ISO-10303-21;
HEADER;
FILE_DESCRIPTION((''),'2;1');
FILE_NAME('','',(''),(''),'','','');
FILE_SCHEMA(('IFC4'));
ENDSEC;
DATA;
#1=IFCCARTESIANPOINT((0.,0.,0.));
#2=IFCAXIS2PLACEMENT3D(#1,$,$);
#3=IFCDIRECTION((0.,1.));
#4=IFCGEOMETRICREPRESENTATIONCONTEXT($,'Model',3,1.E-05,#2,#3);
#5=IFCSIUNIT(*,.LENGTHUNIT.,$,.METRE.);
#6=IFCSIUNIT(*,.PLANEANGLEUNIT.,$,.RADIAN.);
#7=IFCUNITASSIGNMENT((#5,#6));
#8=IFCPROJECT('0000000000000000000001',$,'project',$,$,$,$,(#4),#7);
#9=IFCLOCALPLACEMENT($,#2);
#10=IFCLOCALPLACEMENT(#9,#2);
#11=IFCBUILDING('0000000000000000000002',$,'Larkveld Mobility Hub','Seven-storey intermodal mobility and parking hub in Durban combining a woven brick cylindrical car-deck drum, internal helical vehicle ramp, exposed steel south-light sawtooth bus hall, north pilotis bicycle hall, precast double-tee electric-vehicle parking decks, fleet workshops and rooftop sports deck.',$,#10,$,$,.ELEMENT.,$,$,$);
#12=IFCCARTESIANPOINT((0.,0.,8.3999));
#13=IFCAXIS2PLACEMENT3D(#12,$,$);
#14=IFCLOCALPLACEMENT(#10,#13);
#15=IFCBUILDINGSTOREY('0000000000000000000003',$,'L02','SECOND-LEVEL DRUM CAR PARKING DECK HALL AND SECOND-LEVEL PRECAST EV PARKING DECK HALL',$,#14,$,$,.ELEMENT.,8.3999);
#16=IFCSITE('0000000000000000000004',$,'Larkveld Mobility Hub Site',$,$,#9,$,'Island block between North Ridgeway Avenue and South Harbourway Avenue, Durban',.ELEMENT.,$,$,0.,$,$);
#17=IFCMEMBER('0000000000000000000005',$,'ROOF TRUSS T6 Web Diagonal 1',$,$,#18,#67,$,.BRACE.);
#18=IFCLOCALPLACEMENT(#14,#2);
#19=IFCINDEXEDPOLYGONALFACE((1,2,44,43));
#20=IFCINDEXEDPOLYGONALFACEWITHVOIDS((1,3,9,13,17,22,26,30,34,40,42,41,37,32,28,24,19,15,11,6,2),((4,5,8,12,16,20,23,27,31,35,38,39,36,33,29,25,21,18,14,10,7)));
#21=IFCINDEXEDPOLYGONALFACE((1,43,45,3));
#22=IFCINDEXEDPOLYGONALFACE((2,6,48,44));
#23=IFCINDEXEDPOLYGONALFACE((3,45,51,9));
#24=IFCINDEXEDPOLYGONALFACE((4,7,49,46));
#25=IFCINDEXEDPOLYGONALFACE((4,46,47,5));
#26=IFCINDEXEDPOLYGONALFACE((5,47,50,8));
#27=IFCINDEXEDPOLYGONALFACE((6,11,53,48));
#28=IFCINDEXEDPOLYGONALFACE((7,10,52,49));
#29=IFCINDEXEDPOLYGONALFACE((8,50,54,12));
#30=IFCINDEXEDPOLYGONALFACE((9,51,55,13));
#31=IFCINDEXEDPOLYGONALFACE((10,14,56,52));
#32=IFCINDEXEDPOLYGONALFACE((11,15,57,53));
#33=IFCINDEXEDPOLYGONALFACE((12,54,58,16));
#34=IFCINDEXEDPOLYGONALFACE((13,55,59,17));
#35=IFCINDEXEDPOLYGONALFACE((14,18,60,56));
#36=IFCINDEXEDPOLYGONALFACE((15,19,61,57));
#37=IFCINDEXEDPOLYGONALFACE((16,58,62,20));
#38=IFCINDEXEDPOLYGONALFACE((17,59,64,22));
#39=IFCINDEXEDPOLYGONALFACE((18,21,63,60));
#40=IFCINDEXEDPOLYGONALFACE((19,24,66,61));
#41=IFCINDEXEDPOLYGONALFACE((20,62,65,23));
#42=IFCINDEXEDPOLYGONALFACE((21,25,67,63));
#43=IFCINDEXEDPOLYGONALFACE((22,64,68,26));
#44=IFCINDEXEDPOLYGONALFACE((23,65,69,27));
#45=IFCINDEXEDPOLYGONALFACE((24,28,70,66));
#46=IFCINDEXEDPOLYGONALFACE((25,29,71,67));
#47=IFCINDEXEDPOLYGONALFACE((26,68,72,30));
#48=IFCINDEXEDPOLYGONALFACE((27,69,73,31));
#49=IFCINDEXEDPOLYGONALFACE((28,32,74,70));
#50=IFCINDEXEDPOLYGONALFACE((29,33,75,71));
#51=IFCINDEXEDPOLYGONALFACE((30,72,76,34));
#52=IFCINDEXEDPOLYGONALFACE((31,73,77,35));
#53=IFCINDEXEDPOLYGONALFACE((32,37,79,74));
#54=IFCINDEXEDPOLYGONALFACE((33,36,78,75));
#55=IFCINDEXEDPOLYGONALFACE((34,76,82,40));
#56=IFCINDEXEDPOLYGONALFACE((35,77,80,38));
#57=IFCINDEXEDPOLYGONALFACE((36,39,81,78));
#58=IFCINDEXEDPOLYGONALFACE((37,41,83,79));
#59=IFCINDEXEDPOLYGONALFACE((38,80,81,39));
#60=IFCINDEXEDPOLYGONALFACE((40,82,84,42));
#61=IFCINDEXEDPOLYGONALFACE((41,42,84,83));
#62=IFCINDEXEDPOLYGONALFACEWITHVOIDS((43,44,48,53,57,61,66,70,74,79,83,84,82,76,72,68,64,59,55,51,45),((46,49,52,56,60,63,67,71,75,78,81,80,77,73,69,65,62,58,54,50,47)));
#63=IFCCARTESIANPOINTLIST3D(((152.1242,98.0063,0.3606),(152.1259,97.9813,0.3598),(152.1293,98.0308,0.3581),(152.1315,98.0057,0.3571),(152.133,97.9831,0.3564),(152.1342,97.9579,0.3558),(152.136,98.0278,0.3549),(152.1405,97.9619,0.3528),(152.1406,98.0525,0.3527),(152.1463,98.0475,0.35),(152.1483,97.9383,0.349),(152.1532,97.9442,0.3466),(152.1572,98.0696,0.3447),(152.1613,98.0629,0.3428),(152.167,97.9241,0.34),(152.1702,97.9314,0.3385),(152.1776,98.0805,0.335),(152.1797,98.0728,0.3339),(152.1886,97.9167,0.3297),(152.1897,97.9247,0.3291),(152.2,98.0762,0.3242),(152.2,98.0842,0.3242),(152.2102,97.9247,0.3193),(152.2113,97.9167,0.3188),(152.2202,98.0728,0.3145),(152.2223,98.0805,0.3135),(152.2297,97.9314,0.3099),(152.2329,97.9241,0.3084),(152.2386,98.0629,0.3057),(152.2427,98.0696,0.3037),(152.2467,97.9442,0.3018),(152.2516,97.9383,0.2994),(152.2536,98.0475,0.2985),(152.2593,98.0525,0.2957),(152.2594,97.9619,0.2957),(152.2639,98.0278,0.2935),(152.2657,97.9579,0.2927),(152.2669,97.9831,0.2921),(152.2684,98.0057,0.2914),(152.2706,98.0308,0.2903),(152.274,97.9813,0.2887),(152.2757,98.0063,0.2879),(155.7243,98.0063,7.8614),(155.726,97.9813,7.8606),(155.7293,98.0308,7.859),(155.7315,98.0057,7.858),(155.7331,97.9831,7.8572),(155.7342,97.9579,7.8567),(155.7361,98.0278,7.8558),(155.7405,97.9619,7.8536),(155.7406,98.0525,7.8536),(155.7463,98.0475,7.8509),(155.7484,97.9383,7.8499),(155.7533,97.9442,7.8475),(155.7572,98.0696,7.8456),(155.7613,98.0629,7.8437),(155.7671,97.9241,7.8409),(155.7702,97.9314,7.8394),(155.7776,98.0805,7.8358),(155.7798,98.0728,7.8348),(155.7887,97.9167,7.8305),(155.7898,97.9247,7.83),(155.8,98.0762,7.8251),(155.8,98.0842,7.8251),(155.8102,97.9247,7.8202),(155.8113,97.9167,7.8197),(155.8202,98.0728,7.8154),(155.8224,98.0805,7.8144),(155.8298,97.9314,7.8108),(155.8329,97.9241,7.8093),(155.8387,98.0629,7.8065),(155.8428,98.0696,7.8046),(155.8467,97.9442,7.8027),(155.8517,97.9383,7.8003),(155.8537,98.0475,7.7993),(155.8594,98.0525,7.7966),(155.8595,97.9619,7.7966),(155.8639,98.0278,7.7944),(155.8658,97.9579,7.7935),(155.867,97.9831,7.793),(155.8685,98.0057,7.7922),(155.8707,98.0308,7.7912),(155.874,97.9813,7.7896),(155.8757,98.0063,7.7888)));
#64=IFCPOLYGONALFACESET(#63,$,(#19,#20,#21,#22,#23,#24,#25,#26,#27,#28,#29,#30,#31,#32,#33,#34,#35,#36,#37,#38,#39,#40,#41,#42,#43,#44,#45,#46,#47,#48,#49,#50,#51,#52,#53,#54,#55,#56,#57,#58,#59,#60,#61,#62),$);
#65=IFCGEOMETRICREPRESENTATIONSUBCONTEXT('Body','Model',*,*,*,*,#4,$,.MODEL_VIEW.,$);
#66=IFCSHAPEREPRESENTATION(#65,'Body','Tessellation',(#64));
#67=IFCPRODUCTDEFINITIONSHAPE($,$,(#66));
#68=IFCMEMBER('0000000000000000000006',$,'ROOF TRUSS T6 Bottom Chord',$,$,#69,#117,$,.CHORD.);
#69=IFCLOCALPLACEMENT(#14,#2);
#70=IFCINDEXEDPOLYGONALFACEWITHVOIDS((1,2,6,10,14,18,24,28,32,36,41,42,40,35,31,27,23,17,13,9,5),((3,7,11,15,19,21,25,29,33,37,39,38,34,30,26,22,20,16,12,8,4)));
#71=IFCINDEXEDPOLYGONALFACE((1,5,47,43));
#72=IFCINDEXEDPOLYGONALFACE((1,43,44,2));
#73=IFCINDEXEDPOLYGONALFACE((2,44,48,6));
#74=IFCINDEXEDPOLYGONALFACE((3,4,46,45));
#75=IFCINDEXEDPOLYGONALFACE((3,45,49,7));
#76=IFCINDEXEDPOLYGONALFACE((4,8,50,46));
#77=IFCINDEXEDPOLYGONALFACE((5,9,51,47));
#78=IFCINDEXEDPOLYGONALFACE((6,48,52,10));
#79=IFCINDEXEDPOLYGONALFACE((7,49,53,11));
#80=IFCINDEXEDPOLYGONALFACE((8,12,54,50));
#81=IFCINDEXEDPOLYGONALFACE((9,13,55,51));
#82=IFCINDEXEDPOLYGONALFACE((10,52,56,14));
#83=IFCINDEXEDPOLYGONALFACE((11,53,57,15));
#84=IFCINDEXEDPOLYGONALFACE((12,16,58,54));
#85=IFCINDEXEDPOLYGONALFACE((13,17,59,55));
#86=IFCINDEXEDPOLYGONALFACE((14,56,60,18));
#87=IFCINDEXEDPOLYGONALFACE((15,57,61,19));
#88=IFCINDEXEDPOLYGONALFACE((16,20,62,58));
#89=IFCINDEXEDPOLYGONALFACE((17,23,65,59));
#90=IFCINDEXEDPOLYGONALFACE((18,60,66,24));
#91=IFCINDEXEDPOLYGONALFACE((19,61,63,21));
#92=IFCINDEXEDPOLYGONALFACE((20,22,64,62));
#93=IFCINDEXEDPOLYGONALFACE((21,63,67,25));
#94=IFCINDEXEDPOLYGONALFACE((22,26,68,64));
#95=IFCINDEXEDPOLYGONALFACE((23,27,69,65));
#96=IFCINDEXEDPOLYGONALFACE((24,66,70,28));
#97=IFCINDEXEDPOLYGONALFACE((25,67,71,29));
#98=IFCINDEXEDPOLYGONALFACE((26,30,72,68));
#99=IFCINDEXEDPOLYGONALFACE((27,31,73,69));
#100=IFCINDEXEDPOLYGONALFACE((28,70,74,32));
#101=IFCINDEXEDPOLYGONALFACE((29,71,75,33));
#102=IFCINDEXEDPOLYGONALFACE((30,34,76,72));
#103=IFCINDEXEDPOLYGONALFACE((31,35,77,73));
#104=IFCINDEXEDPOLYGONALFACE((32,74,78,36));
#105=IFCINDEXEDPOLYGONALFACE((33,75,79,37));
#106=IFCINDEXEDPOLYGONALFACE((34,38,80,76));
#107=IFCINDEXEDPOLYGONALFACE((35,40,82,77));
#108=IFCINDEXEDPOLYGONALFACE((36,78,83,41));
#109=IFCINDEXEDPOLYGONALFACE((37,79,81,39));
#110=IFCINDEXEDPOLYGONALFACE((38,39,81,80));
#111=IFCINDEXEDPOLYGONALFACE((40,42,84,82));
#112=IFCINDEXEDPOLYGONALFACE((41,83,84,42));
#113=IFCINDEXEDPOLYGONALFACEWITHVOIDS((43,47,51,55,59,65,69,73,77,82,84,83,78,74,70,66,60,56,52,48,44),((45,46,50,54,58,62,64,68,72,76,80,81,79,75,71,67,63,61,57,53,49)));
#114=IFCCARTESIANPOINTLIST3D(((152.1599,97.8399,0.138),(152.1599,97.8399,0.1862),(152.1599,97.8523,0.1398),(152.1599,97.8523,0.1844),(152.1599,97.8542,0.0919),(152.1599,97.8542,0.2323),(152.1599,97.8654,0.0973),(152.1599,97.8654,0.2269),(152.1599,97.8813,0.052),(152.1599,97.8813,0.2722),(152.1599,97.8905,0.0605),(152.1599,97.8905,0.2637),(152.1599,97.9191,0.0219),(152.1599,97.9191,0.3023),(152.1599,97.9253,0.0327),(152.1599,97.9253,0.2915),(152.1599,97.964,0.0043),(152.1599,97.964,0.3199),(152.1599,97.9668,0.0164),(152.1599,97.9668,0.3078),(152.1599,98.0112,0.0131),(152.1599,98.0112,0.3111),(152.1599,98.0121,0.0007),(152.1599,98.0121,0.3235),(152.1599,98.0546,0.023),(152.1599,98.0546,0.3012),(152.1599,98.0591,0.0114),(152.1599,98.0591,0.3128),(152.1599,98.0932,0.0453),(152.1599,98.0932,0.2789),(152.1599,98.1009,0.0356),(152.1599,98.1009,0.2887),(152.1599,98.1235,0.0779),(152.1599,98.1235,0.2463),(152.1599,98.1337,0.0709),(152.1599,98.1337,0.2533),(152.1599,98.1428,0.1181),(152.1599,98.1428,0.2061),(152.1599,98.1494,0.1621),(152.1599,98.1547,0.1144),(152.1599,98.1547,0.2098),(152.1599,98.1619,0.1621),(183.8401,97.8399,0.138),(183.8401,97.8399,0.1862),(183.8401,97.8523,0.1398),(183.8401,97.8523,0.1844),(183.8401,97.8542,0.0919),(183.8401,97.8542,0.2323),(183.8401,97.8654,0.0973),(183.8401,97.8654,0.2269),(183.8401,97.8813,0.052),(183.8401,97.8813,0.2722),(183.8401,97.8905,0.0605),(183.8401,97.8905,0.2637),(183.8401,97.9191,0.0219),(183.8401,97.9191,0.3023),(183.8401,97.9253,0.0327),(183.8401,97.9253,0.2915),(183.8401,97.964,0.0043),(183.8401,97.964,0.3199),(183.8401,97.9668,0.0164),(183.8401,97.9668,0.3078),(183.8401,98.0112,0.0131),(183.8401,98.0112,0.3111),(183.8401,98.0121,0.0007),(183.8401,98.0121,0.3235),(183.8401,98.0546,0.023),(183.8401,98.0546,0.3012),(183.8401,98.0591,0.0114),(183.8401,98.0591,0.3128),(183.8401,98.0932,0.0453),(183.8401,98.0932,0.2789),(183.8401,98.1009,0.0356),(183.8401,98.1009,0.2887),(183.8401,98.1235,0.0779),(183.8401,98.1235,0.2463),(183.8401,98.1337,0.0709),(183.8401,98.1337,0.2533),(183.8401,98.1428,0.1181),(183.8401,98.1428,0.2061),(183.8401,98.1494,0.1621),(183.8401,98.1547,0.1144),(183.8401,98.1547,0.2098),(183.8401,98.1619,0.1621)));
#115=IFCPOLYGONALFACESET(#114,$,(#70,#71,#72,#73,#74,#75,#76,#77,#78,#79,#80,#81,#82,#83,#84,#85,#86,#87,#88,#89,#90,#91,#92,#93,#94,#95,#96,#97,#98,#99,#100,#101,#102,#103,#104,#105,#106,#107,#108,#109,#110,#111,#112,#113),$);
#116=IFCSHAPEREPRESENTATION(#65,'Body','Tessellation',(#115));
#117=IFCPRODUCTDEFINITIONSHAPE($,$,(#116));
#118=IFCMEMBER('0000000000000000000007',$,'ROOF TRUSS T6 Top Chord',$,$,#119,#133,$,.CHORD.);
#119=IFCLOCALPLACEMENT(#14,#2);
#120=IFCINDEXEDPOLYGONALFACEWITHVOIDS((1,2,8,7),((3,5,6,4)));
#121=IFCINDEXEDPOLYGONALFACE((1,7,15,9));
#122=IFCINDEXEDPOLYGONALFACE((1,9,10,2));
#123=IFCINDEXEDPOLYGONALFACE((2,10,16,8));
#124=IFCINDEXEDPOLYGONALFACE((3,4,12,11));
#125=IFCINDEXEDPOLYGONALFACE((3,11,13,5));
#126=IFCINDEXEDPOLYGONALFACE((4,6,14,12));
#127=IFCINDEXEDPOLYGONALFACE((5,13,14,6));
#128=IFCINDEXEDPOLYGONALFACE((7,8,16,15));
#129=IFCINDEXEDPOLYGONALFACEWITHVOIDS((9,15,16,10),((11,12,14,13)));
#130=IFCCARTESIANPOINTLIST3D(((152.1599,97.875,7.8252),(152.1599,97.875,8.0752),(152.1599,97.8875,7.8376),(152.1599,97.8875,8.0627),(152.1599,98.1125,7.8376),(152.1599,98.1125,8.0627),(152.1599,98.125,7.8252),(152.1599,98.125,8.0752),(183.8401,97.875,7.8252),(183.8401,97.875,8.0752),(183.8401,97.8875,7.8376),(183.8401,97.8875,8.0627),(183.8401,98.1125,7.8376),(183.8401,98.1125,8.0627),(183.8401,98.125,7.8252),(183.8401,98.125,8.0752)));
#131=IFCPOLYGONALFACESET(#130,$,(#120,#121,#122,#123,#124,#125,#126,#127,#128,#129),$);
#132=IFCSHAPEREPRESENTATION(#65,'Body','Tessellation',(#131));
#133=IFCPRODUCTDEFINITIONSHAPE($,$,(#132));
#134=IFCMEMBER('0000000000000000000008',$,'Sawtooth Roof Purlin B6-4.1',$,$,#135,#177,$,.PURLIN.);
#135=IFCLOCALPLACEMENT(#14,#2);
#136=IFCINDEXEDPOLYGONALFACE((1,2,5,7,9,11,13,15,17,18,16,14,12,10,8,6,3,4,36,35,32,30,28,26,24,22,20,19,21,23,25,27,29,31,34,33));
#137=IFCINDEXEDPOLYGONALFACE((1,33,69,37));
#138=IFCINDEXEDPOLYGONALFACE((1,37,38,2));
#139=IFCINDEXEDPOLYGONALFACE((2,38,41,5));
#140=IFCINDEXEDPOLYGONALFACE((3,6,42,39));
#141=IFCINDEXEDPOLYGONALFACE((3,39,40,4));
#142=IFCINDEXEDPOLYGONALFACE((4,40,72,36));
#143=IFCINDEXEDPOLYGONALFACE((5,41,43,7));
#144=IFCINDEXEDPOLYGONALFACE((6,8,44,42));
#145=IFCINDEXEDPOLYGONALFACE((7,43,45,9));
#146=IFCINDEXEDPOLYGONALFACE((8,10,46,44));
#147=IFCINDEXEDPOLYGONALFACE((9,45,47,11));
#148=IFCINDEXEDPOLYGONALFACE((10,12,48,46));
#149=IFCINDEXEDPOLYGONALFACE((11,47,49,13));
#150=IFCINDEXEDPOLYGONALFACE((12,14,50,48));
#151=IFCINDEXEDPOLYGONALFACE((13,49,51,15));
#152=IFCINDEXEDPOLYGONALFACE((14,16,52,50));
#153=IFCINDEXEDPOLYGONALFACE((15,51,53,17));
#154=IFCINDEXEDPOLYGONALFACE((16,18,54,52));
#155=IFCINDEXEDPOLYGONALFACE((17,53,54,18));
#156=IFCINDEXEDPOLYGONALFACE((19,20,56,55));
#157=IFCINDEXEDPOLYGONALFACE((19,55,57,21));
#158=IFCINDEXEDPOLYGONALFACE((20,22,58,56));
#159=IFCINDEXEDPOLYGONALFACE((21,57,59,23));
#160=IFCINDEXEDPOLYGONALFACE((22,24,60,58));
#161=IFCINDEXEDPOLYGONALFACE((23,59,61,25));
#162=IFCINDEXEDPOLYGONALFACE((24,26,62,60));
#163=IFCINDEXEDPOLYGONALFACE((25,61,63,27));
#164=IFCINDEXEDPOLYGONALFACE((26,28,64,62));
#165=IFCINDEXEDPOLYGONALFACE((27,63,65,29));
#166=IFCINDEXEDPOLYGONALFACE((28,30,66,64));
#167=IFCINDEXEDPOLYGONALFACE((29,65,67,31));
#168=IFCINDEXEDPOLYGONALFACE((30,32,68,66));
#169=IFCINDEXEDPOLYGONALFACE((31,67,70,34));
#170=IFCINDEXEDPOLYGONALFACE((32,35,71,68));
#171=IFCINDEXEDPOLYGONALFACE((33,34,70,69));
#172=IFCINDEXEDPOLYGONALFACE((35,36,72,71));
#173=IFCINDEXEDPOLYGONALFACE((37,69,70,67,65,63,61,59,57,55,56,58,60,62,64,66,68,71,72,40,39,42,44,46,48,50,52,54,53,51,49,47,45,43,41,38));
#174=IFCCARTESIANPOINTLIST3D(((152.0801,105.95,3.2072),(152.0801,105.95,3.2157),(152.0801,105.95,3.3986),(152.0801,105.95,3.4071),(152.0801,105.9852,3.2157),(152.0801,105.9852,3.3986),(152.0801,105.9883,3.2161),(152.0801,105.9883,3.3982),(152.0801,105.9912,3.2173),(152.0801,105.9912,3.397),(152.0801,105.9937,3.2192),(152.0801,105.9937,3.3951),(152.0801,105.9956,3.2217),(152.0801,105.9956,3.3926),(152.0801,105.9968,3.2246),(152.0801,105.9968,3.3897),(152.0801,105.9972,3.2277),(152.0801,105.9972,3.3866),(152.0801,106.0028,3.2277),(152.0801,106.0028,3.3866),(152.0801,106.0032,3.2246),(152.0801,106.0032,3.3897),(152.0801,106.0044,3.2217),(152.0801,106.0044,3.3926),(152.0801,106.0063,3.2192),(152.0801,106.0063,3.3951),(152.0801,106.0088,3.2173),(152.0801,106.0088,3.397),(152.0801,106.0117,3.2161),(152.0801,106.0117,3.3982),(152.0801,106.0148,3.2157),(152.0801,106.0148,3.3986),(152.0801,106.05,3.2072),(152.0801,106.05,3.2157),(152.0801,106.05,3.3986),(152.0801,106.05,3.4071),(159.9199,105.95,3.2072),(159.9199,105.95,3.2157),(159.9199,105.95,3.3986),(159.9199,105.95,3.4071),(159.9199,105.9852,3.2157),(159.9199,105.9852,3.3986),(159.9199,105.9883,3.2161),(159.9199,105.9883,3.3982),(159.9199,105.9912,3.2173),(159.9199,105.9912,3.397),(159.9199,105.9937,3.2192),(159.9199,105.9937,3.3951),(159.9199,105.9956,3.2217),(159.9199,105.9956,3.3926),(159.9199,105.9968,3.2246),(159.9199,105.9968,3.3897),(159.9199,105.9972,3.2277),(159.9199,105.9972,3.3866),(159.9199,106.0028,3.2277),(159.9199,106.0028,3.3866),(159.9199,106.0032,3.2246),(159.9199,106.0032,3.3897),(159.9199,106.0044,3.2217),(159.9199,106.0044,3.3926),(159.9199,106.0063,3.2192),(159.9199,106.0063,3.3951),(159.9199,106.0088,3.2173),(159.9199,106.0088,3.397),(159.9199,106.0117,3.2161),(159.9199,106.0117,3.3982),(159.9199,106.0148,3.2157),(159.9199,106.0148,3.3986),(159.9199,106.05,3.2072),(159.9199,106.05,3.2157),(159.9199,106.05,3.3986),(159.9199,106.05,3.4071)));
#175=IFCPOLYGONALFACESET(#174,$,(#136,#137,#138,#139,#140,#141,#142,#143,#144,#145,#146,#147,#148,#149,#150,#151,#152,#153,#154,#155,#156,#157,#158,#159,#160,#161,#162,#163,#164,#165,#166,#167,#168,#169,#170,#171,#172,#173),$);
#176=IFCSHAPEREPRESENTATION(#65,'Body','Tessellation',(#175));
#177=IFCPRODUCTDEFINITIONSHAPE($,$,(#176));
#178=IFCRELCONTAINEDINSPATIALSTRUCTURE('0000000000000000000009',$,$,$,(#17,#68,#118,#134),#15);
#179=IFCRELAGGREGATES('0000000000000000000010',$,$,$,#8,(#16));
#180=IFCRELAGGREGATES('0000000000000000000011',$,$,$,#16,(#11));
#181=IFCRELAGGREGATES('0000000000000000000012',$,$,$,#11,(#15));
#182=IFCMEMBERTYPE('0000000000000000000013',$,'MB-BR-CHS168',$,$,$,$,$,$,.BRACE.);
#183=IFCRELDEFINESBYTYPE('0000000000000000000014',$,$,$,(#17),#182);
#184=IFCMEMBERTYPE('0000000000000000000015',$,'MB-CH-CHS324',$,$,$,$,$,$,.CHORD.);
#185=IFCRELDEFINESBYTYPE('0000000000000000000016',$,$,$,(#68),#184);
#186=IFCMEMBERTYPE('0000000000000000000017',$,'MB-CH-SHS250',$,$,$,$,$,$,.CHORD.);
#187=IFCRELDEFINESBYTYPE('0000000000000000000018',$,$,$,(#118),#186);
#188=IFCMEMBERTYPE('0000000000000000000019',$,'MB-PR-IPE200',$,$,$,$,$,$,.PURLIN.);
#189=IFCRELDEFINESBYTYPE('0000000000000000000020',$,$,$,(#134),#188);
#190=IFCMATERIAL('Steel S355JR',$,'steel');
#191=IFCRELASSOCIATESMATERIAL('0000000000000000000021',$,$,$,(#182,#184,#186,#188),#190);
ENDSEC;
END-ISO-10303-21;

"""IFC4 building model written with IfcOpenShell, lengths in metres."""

from ifc_helpers import new_model, si_unit, direction, frame, origin, origin_2d, place, context, subcontext, project, spatial, hollow_rectangle, hollow_circle, i_section, extrude, material, material_profile, profile_set, type_object, element, save


model = new_model("IFC4")

# Units and contexts
model_context = context("Model", 3, precision=1e-05, world=origin(), true_north=direction((0.0, 1.0)))
body_context = subcontext(model_context, "Body", "Model", "MODEL_VIEW")
ifc_project = project(units=[si_unit("LENGTHUNIT", "METRE"), si_unit("PLANEANGLEUNIT", "RADIAN")], contexts=[model_context])

# Site, building, storey
site_placement = place(None, origin())
site = spatial("IfcSite", under=ifc_project, at=site_placement, Name="Larkveld Mobility Hub Site", LongName="Island block between North Ridgeway Avenue and South Harbourway Avenue, Durban", CompositionType="ELEMENT", RefElevation=0.0)
building_placement = place(site_placement, origin())
building = spatial("IfcBuilding", under=site, at=building_placement, Name="Larkveld Mobility Hub", Description="Seven-storey intermodal mobility and parking hub in Durban combining a woven brick cylindrical car-deck drum, internal helical vehicle ramp, exposed steel south-light sawtooth bus hall, north pilotis bicycle hall, precast double-tee electric-vehicle parking decks, fleet workshops and rooftop sports deck.", CompositionType="ELEMENT")
storey_placement = place(building_placement, frame((0.0, 0.0, 8.3999)))
storey = spatial("IfcBuildingStorey", under=building, at=storey_placement, Name="L02", Description="SECOND-LEVEL DRUM CAR PARKING DECK HALL AND SECOND-LEVEL PRECAST EV PARKING DECK HALL", CompositionType="ELEMENT", Elevation=8.3999)

# Shared definitions
ifc_material_1 = material(Name="Steel S355JR", Category="steel")

# Members
ifc_material_profile_1 = material_profile(ifc_material_1, hollow_circle(Radius=0.0842, WallThickness=0.0081, at=origin_2d()), Name="CHS 168.3x8")
ifc_profile_set_1 = profile_set([ifc_material_profile_1], Name="Steel S355JR")
member_type_1 = type_object("IfcMemberType", Name="MB-BR-CHS168", PredefinedType="BRACE", material=ifc_profile_set_1)
member_1_placement = place(storey_placement, frame((152.2, 98.0, 0.3242), z_axis=(0.432695, 0.0, 0.90154), x_axis=(0.0, 1.0, 0.0)))
element("IfcMember", 1, at=member_1_placement, inside=storey, type_object=member_type_1, Name="ROOF TRUSS T6 Web Diagonal 1", PredefinedType="BRACE", context=body_context, shape_type="SweptSolid", body=[
    extrude(hollow_circle(Radius=0.0842, WallThickness=0.0081, at=origin_2d()), origin(), (0.0, 0.0, 1.0), 8.3201),
])
ifc_material_profile_2 = material_profile(ifc_material_1, hollow_circle(Radius=0.1619, WallThickness=0.0125, at=origin_2d()), Name="CHS 323.9x12.5")
ifc_profile_set_2 = profile_set([ifc_material_profile_2], Name="Steel S355JR")
member_type_2 = type_object("IfcMemberType", Name="MB-CH-CHS324", PredefinedType="CHORD", material=ifc_profile_set_2)
member_2_placement = place(storey_placement, frame((152.1599, 98.0, 0.1621), z_axis=(1.0, 0.0, 0.0), x_axis=(0.0, 1.0, 0.0)))
element("IfcMember", 2, at=member_2_placement, inside=storey, type_object=member_type_2, Name="ROOF TRUSS T6 Bottom Chord", PredefinedType="CHORD", context=body_context, shape_type="SweptSolid", body=[
    extrude(hollow_circle(Radius=0.1619, WallThickness=0.0125, at=origin_2d()), origin(), (0.0, 0.0, 1.0), 31.6802),
])
ifc_material_profile_3 = material_profile(ifc_material_1, hollow_rectangle(XDim=0.25, YDim=0.25, WallThickness=0.0125, at=origin_2d()), Name="SHS 250x250x12.5")
ifc_profile_set_3 = profile_set([ifc_material_profile_3], Name="Steel S355JR")
member_type_3 = type_object("IfcMemberType", Name="MB-CH-SHS250", PredefinedType="CHORD", material=ifc_profile_set_3)
member_3_placement = place(storey_placement, frame((152.1599, 98.0, 7.9502), z_axis=(1.0, 0.0, 0.0), x_axis=(0.0, 1.0, 0.0)))
element("IfcMember", 3, at=member_3_placement, inside=storey, type_object=member_type_3, Name="ROOF TRUSS T6 Top Chord", PredefinedType="CHORD", context=body_context, shape_type="SweptSolid", body=[
    extrude(hollow_rectangle(XDim=0.25, YDim=0.25, WallThickness=0.0125, at=origin_2d()), origin(), (0.0, 0.0, 1.0), 31.6802),
])
ifc_material_profile_4 = material_profile(ifc_material_1, i_section(OverallWidth=0.1001, OverallDepth=0.2, WebThickness=0.0056, FlangeThickness=0.0085, FilletRadius=0.012, at=origin_2d()), Name="IPE 200")
ifc_profile_set_4 = profile_set([ifc_material_profile_4], Name="Steel S355JR")
member_type_4 = type_object("IfcMemberType", Name="MB-PR-IPE200", PredefinedType="PURLIN", material=ifc_profile_set_4)
member_4_placement = place(storey_placement, frame((152.0801, 106.0, 3.3071), z_axis=(1.0, 0.0, 0.0), x_axis=(0.0, 1.0, 0.0)))
element("IfcMember", 4, at=member_4_placement, inside=storey, type_object=member_type_4, Name="Sawtooth Roof Purlin B6-4.1", PredefinedType="PURLIN", context=body_context, shape_type="SweptSolid", body=[
    extrude(i_section(OverallWidth=0.1001, OverallDepth=0.2, WebThickness=0.0056, FlangeThickness=0.0085, FilletRadius=0.012, at=origin_2d()), origin(), (0.0, 0.0, 1.0), 7.8398),
])

save(model, "model.ifc")
